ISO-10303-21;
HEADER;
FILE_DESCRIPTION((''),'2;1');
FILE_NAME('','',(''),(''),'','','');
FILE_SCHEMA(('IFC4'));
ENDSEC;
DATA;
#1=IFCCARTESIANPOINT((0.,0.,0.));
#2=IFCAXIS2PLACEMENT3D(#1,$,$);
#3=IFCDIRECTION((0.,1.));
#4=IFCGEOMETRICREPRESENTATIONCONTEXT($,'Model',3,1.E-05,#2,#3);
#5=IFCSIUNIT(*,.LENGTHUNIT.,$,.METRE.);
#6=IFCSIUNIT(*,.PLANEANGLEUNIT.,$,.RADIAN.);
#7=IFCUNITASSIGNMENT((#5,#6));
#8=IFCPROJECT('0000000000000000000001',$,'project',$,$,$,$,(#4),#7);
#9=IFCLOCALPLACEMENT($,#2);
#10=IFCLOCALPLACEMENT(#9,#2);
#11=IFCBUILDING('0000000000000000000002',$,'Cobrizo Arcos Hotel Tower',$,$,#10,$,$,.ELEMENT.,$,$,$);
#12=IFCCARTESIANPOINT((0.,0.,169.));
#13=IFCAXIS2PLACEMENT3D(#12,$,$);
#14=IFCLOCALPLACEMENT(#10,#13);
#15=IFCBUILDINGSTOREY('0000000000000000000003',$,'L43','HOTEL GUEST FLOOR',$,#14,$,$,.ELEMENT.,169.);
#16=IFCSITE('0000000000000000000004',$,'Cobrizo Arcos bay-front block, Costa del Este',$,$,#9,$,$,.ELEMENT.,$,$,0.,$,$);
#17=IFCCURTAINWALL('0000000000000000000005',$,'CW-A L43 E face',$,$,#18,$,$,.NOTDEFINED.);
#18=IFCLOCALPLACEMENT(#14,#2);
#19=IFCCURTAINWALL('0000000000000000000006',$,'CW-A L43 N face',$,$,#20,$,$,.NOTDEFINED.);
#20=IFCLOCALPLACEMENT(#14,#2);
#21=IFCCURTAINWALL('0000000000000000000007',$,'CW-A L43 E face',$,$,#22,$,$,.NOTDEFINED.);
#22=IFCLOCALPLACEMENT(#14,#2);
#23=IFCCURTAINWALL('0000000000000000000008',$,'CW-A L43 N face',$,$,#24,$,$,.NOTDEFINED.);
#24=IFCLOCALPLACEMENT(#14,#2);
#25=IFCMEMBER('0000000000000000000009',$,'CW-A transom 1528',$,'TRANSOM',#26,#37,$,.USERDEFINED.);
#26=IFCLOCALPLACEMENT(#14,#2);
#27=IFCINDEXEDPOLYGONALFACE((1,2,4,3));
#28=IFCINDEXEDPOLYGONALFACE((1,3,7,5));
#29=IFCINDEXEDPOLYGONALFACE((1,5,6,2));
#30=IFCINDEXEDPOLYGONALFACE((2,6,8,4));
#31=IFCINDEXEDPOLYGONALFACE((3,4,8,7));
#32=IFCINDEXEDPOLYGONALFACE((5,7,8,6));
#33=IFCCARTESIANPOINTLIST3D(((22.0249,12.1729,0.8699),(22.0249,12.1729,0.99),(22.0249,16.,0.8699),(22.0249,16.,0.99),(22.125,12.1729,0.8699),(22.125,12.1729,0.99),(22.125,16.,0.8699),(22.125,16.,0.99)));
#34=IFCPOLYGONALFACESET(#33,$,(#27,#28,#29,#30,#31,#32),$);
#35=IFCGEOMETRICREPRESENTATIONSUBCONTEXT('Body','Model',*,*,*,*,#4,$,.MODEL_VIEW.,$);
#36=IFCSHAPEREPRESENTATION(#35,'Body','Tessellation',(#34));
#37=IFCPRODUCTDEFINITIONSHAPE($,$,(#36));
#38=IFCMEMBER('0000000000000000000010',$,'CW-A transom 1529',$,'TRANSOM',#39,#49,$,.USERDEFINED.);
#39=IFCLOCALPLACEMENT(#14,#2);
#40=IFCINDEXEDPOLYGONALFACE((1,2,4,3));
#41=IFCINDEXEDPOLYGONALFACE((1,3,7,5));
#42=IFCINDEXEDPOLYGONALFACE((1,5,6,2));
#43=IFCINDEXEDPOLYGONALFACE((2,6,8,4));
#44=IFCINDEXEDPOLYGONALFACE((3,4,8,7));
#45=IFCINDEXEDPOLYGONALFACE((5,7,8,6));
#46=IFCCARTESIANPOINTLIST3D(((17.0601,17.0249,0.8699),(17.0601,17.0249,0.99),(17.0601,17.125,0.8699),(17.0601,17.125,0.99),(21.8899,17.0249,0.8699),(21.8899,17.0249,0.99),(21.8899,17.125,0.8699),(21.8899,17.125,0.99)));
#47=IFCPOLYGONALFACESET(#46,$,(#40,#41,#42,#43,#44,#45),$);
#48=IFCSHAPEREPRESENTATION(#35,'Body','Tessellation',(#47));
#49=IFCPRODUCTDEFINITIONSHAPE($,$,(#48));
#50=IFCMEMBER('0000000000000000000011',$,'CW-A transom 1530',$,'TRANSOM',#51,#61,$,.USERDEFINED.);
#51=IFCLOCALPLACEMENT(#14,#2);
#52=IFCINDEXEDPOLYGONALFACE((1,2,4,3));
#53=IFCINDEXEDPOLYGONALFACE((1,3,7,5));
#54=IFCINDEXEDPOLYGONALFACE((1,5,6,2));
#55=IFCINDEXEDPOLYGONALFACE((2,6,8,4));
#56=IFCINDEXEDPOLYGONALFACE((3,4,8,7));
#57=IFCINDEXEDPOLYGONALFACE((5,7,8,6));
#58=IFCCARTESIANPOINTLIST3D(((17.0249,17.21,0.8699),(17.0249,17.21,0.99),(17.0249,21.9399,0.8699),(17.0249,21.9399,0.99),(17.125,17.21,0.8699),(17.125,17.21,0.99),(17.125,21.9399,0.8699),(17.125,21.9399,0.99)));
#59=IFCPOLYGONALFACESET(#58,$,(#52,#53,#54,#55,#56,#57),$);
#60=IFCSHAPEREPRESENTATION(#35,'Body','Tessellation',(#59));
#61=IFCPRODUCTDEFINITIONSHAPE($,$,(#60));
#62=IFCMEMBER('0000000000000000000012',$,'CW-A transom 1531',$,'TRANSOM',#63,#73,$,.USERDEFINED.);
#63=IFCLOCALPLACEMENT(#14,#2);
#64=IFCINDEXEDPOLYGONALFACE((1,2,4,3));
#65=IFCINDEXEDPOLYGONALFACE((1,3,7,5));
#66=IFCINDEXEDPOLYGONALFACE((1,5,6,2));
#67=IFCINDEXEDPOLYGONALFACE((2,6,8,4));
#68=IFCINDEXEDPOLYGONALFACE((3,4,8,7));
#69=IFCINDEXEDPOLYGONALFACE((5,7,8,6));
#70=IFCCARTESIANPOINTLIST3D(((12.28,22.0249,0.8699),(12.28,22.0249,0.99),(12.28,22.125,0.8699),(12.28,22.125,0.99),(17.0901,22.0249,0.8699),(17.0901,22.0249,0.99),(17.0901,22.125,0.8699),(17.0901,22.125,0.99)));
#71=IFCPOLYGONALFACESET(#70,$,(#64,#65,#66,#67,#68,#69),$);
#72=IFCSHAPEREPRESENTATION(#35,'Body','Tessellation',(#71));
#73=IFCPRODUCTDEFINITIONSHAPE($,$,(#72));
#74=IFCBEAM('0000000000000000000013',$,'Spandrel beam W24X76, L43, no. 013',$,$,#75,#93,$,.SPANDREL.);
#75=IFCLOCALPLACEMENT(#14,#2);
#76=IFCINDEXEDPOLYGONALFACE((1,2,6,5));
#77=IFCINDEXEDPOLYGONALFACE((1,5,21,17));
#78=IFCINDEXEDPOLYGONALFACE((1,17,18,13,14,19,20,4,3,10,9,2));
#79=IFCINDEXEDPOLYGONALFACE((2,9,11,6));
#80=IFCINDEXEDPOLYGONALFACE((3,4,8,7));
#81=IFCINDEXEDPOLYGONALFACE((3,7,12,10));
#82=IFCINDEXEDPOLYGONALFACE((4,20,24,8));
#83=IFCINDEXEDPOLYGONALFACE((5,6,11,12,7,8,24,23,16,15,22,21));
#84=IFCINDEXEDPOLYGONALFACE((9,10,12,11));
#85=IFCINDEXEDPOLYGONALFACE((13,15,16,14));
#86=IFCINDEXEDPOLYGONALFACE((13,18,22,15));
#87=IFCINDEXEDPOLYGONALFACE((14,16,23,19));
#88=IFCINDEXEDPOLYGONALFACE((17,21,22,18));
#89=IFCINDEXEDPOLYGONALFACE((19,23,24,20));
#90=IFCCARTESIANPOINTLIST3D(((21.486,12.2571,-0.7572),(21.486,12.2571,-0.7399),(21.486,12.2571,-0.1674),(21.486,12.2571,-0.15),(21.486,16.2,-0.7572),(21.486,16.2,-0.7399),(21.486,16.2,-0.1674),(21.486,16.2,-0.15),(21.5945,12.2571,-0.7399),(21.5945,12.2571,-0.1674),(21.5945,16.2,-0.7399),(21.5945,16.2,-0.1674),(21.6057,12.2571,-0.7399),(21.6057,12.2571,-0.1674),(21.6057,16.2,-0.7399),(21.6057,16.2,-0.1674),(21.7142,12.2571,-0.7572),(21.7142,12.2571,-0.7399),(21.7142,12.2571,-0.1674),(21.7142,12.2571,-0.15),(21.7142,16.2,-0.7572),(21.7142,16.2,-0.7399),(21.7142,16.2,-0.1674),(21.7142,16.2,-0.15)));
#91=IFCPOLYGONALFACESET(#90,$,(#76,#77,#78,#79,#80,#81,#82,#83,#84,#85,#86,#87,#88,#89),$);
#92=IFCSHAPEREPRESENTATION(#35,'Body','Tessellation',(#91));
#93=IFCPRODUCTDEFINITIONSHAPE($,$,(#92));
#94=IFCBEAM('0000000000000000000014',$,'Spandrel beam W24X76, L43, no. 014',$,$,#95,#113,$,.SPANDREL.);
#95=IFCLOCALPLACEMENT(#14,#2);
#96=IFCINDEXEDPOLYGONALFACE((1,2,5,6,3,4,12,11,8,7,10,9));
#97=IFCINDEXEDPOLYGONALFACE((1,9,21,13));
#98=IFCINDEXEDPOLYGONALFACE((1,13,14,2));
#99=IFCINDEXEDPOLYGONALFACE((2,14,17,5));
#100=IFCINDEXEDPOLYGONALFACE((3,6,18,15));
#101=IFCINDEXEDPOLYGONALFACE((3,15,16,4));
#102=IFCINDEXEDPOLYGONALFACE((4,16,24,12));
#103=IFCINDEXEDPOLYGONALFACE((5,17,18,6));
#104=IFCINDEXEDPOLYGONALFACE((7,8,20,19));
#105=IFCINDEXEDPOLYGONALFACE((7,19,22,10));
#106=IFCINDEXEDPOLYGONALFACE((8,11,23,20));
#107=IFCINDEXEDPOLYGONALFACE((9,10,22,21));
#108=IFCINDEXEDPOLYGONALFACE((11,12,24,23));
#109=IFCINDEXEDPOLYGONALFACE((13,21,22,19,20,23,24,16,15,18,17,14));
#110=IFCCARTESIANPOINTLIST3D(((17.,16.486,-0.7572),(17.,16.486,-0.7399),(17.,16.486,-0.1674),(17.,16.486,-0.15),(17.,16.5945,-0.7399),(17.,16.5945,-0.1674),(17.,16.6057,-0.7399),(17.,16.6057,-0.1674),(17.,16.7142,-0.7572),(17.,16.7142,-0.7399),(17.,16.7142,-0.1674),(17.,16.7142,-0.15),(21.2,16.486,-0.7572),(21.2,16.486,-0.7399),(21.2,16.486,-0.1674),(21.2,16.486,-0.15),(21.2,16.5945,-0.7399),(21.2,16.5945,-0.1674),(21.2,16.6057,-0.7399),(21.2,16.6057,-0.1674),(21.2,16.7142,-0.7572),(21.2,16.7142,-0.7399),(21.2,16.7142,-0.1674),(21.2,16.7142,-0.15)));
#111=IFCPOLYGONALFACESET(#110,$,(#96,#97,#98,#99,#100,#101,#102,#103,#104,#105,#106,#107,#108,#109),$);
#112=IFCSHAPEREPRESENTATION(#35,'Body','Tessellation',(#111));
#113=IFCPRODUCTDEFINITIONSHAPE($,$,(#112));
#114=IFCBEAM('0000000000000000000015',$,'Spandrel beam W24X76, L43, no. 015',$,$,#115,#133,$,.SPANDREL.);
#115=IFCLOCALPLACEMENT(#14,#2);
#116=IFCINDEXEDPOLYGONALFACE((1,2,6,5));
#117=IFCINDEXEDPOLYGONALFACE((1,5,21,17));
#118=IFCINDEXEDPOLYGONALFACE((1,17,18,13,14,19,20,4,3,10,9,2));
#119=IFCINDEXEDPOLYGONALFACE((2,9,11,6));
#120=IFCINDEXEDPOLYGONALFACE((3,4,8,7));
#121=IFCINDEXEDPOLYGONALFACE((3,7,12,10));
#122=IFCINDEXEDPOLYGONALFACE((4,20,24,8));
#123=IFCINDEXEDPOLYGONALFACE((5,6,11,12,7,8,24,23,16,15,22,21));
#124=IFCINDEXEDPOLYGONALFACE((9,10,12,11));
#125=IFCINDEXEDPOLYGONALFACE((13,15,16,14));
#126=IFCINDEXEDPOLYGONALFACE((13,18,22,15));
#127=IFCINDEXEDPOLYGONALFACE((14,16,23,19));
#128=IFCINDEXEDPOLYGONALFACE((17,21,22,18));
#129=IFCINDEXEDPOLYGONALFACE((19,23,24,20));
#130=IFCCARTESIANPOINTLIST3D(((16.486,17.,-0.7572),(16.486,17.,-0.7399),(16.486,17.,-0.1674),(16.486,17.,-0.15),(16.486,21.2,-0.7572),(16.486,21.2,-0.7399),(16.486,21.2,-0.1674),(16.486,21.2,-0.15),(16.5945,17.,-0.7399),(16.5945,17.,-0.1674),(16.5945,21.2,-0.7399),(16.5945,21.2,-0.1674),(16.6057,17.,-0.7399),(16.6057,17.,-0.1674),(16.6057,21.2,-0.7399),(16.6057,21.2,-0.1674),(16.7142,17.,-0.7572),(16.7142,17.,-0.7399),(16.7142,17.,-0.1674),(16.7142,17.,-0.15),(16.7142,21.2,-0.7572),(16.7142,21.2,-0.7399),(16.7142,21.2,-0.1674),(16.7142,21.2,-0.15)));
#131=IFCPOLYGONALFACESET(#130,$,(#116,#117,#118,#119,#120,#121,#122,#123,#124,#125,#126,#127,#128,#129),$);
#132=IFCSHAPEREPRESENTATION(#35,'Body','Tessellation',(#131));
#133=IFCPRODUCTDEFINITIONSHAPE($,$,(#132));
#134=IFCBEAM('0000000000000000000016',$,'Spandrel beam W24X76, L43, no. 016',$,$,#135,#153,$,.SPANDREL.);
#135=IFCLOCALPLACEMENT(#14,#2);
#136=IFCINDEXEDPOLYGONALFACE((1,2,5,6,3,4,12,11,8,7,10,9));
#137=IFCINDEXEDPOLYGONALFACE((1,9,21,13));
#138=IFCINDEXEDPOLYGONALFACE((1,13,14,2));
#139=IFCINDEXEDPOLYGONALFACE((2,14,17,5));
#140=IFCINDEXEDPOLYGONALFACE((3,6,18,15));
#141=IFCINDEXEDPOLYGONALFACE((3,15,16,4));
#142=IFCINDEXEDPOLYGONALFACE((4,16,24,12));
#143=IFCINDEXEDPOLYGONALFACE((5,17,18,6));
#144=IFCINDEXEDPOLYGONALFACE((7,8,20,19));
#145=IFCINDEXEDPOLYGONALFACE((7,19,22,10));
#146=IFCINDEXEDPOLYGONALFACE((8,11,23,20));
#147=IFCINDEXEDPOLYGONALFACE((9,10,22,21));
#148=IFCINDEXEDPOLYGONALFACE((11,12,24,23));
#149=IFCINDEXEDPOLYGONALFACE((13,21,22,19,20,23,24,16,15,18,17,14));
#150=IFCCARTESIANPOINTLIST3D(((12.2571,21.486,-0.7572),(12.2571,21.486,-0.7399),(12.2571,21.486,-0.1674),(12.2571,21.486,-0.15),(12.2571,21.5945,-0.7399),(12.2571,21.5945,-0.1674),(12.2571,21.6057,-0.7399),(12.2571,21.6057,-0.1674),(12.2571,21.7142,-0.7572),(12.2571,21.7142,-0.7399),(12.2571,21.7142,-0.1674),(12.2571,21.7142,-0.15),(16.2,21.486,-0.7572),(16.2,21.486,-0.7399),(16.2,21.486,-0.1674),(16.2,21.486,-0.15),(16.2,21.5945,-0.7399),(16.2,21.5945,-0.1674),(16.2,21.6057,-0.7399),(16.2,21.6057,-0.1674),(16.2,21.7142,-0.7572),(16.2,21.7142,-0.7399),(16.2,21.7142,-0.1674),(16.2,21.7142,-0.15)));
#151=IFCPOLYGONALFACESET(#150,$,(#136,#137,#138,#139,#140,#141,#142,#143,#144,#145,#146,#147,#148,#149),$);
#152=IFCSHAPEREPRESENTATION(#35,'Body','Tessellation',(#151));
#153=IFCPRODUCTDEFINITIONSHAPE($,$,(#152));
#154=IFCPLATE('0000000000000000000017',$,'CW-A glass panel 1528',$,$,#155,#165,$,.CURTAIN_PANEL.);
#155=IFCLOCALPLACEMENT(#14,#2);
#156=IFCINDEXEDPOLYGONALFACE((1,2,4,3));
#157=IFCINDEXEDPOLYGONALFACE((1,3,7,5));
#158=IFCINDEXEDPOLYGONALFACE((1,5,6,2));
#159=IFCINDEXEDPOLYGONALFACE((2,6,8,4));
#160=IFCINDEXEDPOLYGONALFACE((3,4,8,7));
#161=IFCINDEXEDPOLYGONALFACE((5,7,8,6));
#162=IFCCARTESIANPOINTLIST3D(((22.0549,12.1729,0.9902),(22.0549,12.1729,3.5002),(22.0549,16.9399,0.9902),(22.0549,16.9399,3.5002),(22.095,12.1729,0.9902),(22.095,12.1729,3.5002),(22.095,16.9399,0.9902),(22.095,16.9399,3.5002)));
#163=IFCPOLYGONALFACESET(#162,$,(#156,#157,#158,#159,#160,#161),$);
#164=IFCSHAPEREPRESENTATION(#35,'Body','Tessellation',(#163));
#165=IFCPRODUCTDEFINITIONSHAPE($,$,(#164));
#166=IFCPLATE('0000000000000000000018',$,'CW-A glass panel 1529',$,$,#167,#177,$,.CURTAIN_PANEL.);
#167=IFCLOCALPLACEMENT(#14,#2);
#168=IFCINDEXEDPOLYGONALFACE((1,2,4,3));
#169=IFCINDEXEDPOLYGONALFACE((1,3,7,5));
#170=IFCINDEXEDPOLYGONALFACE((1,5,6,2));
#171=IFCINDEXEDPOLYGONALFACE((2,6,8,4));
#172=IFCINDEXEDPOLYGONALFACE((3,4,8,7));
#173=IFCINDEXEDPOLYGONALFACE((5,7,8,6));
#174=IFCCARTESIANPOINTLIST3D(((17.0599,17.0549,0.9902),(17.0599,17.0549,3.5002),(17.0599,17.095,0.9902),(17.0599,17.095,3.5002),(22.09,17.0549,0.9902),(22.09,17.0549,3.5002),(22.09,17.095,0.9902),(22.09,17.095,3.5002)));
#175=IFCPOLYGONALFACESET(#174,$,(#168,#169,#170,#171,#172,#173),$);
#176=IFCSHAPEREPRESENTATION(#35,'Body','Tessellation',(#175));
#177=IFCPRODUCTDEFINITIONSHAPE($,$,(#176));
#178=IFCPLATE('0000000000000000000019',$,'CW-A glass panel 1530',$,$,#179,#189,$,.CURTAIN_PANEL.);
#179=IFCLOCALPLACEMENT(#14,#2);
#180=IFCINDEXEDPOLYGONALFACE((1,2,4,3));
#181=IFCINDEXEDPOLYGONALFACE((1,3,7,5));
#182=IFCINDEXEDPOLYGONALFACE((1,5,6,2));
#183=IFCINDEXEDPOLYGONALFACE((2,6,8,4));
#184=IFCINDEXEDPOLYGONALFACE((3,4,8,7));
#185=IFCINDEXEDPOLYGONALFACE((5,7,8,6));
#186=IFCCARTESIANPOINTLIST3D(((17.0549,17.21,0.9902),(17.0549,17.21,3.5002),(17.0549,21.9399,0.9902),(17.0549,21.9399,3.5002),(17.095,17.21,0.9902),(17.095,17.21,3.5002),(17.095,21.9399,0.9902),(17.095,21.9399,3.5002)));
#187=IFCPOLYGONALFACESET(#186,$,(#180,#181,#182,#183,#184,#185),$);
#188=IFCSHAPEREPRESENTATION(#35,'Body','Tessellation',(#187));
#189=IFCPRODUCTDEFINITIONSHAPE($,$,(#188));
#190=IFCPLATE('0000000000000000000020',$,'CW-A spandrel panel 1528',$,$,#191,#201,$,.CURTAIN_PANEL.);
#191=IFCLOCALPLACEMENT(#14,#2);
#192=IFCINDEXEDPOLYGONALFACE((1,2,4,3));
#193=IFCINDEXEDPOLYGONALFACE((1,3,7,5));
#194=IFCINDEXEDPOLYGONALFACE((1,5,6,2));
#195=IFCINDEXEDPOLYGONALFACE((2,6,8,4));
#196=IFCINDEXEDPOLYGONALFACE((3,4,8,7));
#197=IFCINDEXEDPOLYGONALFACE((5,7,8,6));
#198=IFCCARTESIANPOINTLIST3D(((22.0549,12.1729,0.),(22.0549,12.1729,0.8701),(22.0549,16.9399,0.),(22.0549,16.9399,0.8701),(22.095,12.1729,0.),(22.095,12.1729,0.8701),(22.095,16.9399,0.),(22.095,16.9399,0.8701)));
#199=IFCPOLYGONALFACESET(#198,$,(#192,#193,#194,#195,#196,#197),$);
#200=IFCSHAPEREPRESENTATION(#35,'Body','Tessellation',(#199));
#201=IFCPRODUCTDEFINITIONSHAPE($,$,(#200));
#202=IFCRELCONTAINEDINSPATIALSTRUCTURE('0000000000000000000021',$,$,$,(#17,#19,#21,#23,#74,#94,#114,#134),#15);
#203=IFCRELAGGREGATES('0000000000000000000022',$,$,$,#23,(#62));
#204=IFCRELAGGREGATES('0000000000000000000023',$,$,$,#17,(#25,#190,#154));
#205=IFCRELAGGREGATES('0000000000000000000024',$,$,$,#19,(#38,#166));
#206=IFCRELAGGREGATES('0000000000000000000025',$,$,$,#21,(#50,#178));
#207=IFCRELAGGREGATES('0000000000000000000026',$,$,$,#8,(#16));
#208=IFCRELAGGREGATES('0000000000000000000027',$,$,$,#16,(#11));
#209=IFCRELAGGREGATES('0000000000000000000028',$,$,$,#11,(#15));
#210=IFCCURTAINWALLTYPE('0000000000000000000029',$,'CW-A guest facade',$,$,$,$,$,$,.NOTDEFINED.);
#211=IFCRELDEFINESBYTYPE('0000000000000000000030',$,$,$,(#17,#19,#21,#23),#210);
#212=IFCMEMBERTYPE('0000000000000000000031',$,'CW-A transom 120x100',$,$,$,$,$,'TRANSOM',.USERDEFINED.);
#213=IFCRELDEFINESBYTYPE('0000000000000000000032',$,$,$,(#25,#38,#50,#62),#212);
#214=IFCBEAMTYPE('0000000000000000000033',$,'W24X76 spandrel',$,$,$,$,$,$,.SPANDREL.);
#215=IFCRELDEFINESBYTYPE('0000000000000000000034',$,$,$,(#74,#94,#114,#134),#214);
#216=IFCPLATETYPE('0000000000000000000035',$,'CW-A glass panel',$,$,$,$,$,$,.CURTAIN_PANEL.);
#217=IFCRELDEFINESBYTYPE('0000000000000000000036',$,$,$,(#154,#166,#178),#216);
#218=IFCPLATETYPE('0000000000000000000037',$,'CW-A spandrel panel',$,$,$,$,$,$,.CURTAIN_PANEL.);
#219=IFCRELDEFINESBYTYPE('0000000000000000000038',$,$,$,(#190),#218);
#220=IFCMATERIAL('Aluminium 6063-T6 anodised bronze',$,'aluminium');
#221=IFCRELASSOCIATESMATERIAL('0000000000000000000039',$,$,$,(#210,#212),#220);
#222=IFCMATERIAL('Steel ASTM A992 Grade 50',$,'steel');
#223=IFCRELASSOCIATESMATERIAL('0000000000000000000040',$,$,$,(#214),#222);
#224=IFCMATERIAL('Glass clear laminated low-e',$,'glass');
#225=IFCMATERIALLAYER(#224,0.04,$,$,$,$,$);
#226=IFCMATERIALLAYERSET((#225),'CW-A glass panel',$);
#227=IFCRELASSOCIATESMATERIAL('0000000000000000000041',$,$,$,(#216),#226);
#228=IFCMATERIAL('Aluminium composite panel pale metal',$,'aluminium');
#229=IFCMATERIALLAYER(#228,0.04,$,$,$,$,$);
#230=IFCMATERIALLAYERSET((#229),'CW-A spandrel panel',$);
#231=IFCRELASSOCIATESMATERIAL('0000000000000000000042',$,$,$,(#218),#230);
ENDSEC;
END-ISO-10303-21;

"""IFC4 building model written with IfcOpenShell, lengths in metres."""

from ifc_helpers import new_model, si_unit, direction, frame, origin, origin_2d, place, context, subcontext, project, spatial, rectangle, i_section, extrude, material, layer, layer_set, material_profile, profile_set, type_object, element, aggregate, save


model = new_model("IFC4")

# Units and contexts
model_context = context("Model", 3, precision=1e-05, world=origin(), true_north=direction((0.0, 1.0)))
body_context = subcontext(model_context, "Body", "Model", "MODEL_VIEW")
ifc_project = project(units=[si_unit("LENGTHUNIT", "METRE"), si_unit("PLANEANGLEUNIT", "RADIAN")], contexts=[model_context])

# Site, building, storey
site_placement = place(None, origin())
site = spatial("IfcSite", under=ifc_project, at=site_placement, Name="Cobrizo Arcos bay-front block, Costa del Este", CompositionType="ELEMENT", RefElevation=0.0)
building_placement = place(site_placement, origin())
building = spatial("IfcBuilding", under=site, at=building_placement, Name="Cobrizo Arcos Hotel Tower", CompositionType="ELEMENT")
storey_placement = place(building_placement, frame((0.0, 0.0, 169.0)))
storey = spatial("IfcBuildingStorey", under=building, at=storey_placement, Name="L43", Description="HOTEL GUEST FLOOR", CompositionType="ELEMENT", Elevation=169.0)

# Curtain wall
ifc_material_1 = material(Name="Aluminium 6063-T6 anodised bronze", Category="aluminium")
curtain_wall_type = type_object("IfcCurtainWallType", Name="CW-A guest facade", PredefinedType="NOTDEFINED", material=ifc_material_1)
curtain_wall_1_placement = place(storey_placement, origin())
curtain_wall_1 = element("IfcCurtainWall", 1, at=curtain_wall_1_placement, inside=storey, type_object=curtain_wall_type, Name="CW-A L43 E face", PredefinedType="NOTDEFINED")

# Curtain walls
curtain_wall_2_placement = place(storey_placement, origin())
curtain_wall_2 = element("IfcCurtainWall", 2, at=curtain_wall_2_placement, inside=storey, type_object=curtain_wall_type, Name="CW-A L43 N face", PredefinedType="NOTDEFINED")
curtain_wall_3_placement = place(storey_placement, origin())
curtain_wall_3 = element("IfcCurtainWall", 3, at=curtain_wall_3_placement, inside=storey, type_object=curtain_wall_type, Name="CW-A L43 E face", PredefinedType="NOTDEFINED")

# Curtain wall
curtain_wall_4_placement = place(storey_placement, origin())
curtain_wall_4 = element("IfcCurtainWall", 4, at=curtain_wall_4_placement, inside=storey, type_object=curtain_wall_type, Name="CW-A L43 N face", PredefinedType="NOTDEFINED")

# Members
ifc_material_profile_1 = material_profile(ifc_material_1, rectangle(XDim=0.1001, YDim=0.1201, at=origin_2d()), Name="CW-A transom 120x100")
ifc_profile_set_1 = profile_set([ifc_material_profile_1], Name="Aluminium 6063-T6 anodised bronze")
member_type_1 = type_object("IfcMemberType", Name="CW-A transom 120x100", ElementType="TRANSOM", PredefinedType="USERDEFINED", material=ifc_profile_set_1)
member_1_placement = place(storey_placement, frame((22.075, 12.1729, 0.9299), z_axis=(0.0, 1.0, 0.0), x_axis=(-1.0, 0.0, 0.0)))
member_1 = element("IfcMember", 5, at=member_1_placement, type_object=member_type_1, Name="CW-A transom 1528", ObjectType="TRANSOM", PredefinedType="USERDEFINED", context=body_context, shape_type="SweptSolid", body=[
    extrude(rectangle(XDim=0.1001, YDim=0.1201, at=origin_2d()), origin(), (0.0, 0.0, 1.0), 3.8271),
])
member_2_placement = place(storey_placement, frame((21.8899, 17.075, 0.9299), z_axis=(-1.0, 0.0, 0.0), x_axis=(0.0, -1.0, 0.0)))
member_2 = element("IfcMember", 6, at=member_2_placement, type_object=member_type_1, Name="CW-A transom 1529", ObjectType="TRANSOM", PredefinedType="USERDEFINED", context=body_context, shape_type="SweptSolid", body=[
    extrude(rectangle(XDim=0.1001, YDim=0.1201, at=origin_2d()), origin(), (0.0, 0.0, 1.0), 4.8298),
])
member_3_placement = place(storey_placement, frame((17.075, 17.21, 0.9299), z_axis=(0.0, 1.0, 0.0), x_axis=(-1.0, 0.0, 0.0)))
member_3 = element("IfcMember", 7, at=member_3_placement, type_object=member_type_1, Name="CW-A transom 1530", ObjectType="TRANSOM", PredefinedType="USERDEFINED", context=body_context, shape_type="SweptSolid", body=[
    extrude(rectangle(XDim=0.1001, YDim=0.1201, at=origin_2d()), origin(), (0.0, 0.0, 1.0), 4.73),
])
member_4_placement = place(storey_placement, frame((17.0901, 22.075, 0.9299), z_axis=(-1.0, 0.0, 0.0), x_axis=(0.0, -1.0, 0.0)))
member_4 = element("IfcMember", 8, at=member_4_placement, type_object=member_type_1, Name="CW-A transom 1531", ObjectType="TRANSOM", PredefinedType="USERDEFINED", context=body_context, shape_type="SweptSolid", body=[
    extrude(rectangle(XDim=0.1001, YDim=0.1201, at=origin_2d()), origin(), (0.0, 0.0, 1.0), 4.8101),
])
aggregate(curtain_wall_4, [member_4])

# Beams
ifc_material_2 = material(Name="Steel ASTM A992 Grade 50", Category="steel")
ifc_material_profile_2 = material_profile(ifc_material_2, i_section(OverallWidth=0.2283, OverallDepth=0.6072, WebThickness=0.0112, FlangeThickness=0.0173, at=origin_2d()), Name="W24X76")
ifc_profile_set_2 = profile_set([ifc_material_profile_2], Name="Steel ASTM A992 Grade 50")
beam_type_1 = type_object("IfcBeamType", Name="W24X76 spandrel", PredefinedType="SPANDREL", material=ifc_profile_set_2)
beam_1_placement = place(storey_placement, frame((21.6001, 12.2571, -0.4536), z_axis=(0.0, 1.0, 0.0), x_axis=(-1.0, 0.0, 0.0)))
element("IfcBeam", 9, at=beam_1_placement, inside=storey, type_object=beam_type_1, Name="Spandrel beam W24X76, L43, no. 013", PredefinedType="SPANDREL", context=body_context, shape_type="SweptSolid", body=[
    extrude(i_section(OverallWidth=0.2283, OverallDepth=0.6072, WebThickness=0.0112, FlangeThickness=0.0173, at=origin_2d()), origin(), (0.0, 0.0, 1.0), 3.9429),
])
for number, where, z_axis, x_axis, name in (
    (10, (21.2, 16.6001, -0.4536), (-1.0, 0.0, 0.0), (0.0, -1.0, 0.0), "Spandrel beam W24X76, L43, no. 014"),
    (11, (16.6001, 17.0, -0.4536), (0.0, 1.0, 0.0), (-1.0, 0.0, 0.0), "Spandrel beam W24X76, L43, no. 015"),
):
    element("IfcBeam", number, at=place(storey_placement, frame(where, z_axis=z_axis, x_axis=x_axis)), inside=storey, type_object=beam_type_1, Name=name, PredefinedType="SPANDREL", context=body_context, shape_type="SweptSolid", body=[
        extrude(i_section(OverallWidth=0.2283, OverallDepth=0.6072, WebThickness=0.0112, FlangeThickness=0.0173, at=origin_2d()), origin(), (0.0, 0.0, 1.0), 4.2),
    ])
beam_2_placement = place(storey_placement, frame((16.2, 21.6001, -0.4536), z_axis=(-1.0, 0.0, 0.0), x_axis=(0.0, -1.0, 0.0)))
element("IfcBeam", 12, at=beam_2_placement, inside=storey, type_object=beam_type_1, Name="Spandrel beam W24X76, L43, no. 016", PredefinedType="SPANDREL", context=body_context, shape_type="SweptSolid", body=[
    extrude(i_section(OverallWidth=0.2283, OverallDepth=0.6072, WebThickness=0.0112, FlangeThickness=0.0173, at=origin_2d()), origin(), (0.0, 0.0, 1.0), 3.9429),
])

# Plates
ifc_material_3 = material(Name="Glass clear laminated low-e", Category="glass")
ifc_layer_1 = layer(ifc_material_3, 0.04)
ifc_layer_set_1 = layer_set([ifc_layer_1], Name="CW-A glass panel")
plate_type_1 = type_object("IfcPlateType", Name="CW-A glass panel", PredefinedType="CURTAIN_PANEL", material=ifc_layer_set_1)
plate_1_placement = place(storey_placement, frame((22.075, 14.5564, 0.9902), z_axis=(0.0, 0.0, 1.0), x_axis=(0.0, 1.0, 0.0)))
plate_1 = element("IfcPlate", 13, at=plate_1_placement, type_object=plate_type_1, Name="CW-A glass panel 1528", PredefinedType="CURTAIN_PANEL", context=body_context, shape_type="SweptSolid", body=[
    extrude(rectangle(XDim=4.7671, YDim=0.04, at=origin_2d()), origin(), (0.0, 0.0, 1.0), 2.51),
])
plate_2_placement = place(storey_placement, frame((19.575, 17.075, 0.9902), z_axis=(0.0, 0.0, 1.0), x_axis=(-1.0, 0.0, 0.0)))
plate_2 = element("IfcPlate", 14, at=plate_2_placement, type_object=plate_type_1, Name="CW-A glass panel 1529", PredefinedType="CURTAIN_PANEL", context=body_context, shape_type="SweptSolid", body=[
    extrude(rectangle(XDim=5.03, YDim=0.04, at=origin_2d()), origin(), (0.0, 0.0, 1.0), 2.51),
])
plate_3_placement = place(storey_placement, frame((17.075, 19.575, 0.9902), z_axis=(0.0, 0.0, 1.0), x_axis=(0.0, 1.0, 0.0)))
plate_3 = element("IfcPlate", 15, at=plate_3_placement, type_object=plate_type_1, Name="CW-A glass panel 1530", PredefinedType="CURTAIN_PANEL", context=body_context, shape_type="SweptSolid", body=[
    extrude(rectangle(XDim=4.73, YDim=0.04, at=origin_2d()), origin(), (0.0, 0.0, 1.0), 2.51),
])
ifc_material_4 = material(Name="Aluminium composite panel pale metal", Category="aluminium")
ifc_layer_2 = layer(ifc_material_4, 0.04)
ifc_layer_set_2 = layer_set([ifc_layer_2], Name="CW-A spandrel panel")
plate_type_2 = type_object("IfcPlateType", Name="CW-A spandrel panel", PredefinedType="CURTAIN_PANEL", material=ifc_layer_set_2)
plate_4_placement = place(storey_placement, frame((22.075, 14.5564, 0.0), z_axis=(0.0, 0.0, 1.0), x_axis=(0.0, 1.0, 0.0)))
plate_4 = element("IfcPlate", 16, at=plate_4_placement, type_object=plate_type_2, Name="CW-A spandrel panel 1528", PredefinedType="CURTAIN_PANEL", context=body_context, shape_type="SweptSolid", body=[
    extrude(rectangle(XDim=4.7671, YDim=0.04, at=origin_2d()), origin(), (0.0, 0.0, 1.0), 0.8701),
])
aggregate(curtain_wall_1, [member_1, plate_4, plate_1])
aggregate(curtain_wall_2, [member_2, plate_2])
aggregate(curtain_wall_3, [member_3, plate_3])

save(model, "model.ifc")
